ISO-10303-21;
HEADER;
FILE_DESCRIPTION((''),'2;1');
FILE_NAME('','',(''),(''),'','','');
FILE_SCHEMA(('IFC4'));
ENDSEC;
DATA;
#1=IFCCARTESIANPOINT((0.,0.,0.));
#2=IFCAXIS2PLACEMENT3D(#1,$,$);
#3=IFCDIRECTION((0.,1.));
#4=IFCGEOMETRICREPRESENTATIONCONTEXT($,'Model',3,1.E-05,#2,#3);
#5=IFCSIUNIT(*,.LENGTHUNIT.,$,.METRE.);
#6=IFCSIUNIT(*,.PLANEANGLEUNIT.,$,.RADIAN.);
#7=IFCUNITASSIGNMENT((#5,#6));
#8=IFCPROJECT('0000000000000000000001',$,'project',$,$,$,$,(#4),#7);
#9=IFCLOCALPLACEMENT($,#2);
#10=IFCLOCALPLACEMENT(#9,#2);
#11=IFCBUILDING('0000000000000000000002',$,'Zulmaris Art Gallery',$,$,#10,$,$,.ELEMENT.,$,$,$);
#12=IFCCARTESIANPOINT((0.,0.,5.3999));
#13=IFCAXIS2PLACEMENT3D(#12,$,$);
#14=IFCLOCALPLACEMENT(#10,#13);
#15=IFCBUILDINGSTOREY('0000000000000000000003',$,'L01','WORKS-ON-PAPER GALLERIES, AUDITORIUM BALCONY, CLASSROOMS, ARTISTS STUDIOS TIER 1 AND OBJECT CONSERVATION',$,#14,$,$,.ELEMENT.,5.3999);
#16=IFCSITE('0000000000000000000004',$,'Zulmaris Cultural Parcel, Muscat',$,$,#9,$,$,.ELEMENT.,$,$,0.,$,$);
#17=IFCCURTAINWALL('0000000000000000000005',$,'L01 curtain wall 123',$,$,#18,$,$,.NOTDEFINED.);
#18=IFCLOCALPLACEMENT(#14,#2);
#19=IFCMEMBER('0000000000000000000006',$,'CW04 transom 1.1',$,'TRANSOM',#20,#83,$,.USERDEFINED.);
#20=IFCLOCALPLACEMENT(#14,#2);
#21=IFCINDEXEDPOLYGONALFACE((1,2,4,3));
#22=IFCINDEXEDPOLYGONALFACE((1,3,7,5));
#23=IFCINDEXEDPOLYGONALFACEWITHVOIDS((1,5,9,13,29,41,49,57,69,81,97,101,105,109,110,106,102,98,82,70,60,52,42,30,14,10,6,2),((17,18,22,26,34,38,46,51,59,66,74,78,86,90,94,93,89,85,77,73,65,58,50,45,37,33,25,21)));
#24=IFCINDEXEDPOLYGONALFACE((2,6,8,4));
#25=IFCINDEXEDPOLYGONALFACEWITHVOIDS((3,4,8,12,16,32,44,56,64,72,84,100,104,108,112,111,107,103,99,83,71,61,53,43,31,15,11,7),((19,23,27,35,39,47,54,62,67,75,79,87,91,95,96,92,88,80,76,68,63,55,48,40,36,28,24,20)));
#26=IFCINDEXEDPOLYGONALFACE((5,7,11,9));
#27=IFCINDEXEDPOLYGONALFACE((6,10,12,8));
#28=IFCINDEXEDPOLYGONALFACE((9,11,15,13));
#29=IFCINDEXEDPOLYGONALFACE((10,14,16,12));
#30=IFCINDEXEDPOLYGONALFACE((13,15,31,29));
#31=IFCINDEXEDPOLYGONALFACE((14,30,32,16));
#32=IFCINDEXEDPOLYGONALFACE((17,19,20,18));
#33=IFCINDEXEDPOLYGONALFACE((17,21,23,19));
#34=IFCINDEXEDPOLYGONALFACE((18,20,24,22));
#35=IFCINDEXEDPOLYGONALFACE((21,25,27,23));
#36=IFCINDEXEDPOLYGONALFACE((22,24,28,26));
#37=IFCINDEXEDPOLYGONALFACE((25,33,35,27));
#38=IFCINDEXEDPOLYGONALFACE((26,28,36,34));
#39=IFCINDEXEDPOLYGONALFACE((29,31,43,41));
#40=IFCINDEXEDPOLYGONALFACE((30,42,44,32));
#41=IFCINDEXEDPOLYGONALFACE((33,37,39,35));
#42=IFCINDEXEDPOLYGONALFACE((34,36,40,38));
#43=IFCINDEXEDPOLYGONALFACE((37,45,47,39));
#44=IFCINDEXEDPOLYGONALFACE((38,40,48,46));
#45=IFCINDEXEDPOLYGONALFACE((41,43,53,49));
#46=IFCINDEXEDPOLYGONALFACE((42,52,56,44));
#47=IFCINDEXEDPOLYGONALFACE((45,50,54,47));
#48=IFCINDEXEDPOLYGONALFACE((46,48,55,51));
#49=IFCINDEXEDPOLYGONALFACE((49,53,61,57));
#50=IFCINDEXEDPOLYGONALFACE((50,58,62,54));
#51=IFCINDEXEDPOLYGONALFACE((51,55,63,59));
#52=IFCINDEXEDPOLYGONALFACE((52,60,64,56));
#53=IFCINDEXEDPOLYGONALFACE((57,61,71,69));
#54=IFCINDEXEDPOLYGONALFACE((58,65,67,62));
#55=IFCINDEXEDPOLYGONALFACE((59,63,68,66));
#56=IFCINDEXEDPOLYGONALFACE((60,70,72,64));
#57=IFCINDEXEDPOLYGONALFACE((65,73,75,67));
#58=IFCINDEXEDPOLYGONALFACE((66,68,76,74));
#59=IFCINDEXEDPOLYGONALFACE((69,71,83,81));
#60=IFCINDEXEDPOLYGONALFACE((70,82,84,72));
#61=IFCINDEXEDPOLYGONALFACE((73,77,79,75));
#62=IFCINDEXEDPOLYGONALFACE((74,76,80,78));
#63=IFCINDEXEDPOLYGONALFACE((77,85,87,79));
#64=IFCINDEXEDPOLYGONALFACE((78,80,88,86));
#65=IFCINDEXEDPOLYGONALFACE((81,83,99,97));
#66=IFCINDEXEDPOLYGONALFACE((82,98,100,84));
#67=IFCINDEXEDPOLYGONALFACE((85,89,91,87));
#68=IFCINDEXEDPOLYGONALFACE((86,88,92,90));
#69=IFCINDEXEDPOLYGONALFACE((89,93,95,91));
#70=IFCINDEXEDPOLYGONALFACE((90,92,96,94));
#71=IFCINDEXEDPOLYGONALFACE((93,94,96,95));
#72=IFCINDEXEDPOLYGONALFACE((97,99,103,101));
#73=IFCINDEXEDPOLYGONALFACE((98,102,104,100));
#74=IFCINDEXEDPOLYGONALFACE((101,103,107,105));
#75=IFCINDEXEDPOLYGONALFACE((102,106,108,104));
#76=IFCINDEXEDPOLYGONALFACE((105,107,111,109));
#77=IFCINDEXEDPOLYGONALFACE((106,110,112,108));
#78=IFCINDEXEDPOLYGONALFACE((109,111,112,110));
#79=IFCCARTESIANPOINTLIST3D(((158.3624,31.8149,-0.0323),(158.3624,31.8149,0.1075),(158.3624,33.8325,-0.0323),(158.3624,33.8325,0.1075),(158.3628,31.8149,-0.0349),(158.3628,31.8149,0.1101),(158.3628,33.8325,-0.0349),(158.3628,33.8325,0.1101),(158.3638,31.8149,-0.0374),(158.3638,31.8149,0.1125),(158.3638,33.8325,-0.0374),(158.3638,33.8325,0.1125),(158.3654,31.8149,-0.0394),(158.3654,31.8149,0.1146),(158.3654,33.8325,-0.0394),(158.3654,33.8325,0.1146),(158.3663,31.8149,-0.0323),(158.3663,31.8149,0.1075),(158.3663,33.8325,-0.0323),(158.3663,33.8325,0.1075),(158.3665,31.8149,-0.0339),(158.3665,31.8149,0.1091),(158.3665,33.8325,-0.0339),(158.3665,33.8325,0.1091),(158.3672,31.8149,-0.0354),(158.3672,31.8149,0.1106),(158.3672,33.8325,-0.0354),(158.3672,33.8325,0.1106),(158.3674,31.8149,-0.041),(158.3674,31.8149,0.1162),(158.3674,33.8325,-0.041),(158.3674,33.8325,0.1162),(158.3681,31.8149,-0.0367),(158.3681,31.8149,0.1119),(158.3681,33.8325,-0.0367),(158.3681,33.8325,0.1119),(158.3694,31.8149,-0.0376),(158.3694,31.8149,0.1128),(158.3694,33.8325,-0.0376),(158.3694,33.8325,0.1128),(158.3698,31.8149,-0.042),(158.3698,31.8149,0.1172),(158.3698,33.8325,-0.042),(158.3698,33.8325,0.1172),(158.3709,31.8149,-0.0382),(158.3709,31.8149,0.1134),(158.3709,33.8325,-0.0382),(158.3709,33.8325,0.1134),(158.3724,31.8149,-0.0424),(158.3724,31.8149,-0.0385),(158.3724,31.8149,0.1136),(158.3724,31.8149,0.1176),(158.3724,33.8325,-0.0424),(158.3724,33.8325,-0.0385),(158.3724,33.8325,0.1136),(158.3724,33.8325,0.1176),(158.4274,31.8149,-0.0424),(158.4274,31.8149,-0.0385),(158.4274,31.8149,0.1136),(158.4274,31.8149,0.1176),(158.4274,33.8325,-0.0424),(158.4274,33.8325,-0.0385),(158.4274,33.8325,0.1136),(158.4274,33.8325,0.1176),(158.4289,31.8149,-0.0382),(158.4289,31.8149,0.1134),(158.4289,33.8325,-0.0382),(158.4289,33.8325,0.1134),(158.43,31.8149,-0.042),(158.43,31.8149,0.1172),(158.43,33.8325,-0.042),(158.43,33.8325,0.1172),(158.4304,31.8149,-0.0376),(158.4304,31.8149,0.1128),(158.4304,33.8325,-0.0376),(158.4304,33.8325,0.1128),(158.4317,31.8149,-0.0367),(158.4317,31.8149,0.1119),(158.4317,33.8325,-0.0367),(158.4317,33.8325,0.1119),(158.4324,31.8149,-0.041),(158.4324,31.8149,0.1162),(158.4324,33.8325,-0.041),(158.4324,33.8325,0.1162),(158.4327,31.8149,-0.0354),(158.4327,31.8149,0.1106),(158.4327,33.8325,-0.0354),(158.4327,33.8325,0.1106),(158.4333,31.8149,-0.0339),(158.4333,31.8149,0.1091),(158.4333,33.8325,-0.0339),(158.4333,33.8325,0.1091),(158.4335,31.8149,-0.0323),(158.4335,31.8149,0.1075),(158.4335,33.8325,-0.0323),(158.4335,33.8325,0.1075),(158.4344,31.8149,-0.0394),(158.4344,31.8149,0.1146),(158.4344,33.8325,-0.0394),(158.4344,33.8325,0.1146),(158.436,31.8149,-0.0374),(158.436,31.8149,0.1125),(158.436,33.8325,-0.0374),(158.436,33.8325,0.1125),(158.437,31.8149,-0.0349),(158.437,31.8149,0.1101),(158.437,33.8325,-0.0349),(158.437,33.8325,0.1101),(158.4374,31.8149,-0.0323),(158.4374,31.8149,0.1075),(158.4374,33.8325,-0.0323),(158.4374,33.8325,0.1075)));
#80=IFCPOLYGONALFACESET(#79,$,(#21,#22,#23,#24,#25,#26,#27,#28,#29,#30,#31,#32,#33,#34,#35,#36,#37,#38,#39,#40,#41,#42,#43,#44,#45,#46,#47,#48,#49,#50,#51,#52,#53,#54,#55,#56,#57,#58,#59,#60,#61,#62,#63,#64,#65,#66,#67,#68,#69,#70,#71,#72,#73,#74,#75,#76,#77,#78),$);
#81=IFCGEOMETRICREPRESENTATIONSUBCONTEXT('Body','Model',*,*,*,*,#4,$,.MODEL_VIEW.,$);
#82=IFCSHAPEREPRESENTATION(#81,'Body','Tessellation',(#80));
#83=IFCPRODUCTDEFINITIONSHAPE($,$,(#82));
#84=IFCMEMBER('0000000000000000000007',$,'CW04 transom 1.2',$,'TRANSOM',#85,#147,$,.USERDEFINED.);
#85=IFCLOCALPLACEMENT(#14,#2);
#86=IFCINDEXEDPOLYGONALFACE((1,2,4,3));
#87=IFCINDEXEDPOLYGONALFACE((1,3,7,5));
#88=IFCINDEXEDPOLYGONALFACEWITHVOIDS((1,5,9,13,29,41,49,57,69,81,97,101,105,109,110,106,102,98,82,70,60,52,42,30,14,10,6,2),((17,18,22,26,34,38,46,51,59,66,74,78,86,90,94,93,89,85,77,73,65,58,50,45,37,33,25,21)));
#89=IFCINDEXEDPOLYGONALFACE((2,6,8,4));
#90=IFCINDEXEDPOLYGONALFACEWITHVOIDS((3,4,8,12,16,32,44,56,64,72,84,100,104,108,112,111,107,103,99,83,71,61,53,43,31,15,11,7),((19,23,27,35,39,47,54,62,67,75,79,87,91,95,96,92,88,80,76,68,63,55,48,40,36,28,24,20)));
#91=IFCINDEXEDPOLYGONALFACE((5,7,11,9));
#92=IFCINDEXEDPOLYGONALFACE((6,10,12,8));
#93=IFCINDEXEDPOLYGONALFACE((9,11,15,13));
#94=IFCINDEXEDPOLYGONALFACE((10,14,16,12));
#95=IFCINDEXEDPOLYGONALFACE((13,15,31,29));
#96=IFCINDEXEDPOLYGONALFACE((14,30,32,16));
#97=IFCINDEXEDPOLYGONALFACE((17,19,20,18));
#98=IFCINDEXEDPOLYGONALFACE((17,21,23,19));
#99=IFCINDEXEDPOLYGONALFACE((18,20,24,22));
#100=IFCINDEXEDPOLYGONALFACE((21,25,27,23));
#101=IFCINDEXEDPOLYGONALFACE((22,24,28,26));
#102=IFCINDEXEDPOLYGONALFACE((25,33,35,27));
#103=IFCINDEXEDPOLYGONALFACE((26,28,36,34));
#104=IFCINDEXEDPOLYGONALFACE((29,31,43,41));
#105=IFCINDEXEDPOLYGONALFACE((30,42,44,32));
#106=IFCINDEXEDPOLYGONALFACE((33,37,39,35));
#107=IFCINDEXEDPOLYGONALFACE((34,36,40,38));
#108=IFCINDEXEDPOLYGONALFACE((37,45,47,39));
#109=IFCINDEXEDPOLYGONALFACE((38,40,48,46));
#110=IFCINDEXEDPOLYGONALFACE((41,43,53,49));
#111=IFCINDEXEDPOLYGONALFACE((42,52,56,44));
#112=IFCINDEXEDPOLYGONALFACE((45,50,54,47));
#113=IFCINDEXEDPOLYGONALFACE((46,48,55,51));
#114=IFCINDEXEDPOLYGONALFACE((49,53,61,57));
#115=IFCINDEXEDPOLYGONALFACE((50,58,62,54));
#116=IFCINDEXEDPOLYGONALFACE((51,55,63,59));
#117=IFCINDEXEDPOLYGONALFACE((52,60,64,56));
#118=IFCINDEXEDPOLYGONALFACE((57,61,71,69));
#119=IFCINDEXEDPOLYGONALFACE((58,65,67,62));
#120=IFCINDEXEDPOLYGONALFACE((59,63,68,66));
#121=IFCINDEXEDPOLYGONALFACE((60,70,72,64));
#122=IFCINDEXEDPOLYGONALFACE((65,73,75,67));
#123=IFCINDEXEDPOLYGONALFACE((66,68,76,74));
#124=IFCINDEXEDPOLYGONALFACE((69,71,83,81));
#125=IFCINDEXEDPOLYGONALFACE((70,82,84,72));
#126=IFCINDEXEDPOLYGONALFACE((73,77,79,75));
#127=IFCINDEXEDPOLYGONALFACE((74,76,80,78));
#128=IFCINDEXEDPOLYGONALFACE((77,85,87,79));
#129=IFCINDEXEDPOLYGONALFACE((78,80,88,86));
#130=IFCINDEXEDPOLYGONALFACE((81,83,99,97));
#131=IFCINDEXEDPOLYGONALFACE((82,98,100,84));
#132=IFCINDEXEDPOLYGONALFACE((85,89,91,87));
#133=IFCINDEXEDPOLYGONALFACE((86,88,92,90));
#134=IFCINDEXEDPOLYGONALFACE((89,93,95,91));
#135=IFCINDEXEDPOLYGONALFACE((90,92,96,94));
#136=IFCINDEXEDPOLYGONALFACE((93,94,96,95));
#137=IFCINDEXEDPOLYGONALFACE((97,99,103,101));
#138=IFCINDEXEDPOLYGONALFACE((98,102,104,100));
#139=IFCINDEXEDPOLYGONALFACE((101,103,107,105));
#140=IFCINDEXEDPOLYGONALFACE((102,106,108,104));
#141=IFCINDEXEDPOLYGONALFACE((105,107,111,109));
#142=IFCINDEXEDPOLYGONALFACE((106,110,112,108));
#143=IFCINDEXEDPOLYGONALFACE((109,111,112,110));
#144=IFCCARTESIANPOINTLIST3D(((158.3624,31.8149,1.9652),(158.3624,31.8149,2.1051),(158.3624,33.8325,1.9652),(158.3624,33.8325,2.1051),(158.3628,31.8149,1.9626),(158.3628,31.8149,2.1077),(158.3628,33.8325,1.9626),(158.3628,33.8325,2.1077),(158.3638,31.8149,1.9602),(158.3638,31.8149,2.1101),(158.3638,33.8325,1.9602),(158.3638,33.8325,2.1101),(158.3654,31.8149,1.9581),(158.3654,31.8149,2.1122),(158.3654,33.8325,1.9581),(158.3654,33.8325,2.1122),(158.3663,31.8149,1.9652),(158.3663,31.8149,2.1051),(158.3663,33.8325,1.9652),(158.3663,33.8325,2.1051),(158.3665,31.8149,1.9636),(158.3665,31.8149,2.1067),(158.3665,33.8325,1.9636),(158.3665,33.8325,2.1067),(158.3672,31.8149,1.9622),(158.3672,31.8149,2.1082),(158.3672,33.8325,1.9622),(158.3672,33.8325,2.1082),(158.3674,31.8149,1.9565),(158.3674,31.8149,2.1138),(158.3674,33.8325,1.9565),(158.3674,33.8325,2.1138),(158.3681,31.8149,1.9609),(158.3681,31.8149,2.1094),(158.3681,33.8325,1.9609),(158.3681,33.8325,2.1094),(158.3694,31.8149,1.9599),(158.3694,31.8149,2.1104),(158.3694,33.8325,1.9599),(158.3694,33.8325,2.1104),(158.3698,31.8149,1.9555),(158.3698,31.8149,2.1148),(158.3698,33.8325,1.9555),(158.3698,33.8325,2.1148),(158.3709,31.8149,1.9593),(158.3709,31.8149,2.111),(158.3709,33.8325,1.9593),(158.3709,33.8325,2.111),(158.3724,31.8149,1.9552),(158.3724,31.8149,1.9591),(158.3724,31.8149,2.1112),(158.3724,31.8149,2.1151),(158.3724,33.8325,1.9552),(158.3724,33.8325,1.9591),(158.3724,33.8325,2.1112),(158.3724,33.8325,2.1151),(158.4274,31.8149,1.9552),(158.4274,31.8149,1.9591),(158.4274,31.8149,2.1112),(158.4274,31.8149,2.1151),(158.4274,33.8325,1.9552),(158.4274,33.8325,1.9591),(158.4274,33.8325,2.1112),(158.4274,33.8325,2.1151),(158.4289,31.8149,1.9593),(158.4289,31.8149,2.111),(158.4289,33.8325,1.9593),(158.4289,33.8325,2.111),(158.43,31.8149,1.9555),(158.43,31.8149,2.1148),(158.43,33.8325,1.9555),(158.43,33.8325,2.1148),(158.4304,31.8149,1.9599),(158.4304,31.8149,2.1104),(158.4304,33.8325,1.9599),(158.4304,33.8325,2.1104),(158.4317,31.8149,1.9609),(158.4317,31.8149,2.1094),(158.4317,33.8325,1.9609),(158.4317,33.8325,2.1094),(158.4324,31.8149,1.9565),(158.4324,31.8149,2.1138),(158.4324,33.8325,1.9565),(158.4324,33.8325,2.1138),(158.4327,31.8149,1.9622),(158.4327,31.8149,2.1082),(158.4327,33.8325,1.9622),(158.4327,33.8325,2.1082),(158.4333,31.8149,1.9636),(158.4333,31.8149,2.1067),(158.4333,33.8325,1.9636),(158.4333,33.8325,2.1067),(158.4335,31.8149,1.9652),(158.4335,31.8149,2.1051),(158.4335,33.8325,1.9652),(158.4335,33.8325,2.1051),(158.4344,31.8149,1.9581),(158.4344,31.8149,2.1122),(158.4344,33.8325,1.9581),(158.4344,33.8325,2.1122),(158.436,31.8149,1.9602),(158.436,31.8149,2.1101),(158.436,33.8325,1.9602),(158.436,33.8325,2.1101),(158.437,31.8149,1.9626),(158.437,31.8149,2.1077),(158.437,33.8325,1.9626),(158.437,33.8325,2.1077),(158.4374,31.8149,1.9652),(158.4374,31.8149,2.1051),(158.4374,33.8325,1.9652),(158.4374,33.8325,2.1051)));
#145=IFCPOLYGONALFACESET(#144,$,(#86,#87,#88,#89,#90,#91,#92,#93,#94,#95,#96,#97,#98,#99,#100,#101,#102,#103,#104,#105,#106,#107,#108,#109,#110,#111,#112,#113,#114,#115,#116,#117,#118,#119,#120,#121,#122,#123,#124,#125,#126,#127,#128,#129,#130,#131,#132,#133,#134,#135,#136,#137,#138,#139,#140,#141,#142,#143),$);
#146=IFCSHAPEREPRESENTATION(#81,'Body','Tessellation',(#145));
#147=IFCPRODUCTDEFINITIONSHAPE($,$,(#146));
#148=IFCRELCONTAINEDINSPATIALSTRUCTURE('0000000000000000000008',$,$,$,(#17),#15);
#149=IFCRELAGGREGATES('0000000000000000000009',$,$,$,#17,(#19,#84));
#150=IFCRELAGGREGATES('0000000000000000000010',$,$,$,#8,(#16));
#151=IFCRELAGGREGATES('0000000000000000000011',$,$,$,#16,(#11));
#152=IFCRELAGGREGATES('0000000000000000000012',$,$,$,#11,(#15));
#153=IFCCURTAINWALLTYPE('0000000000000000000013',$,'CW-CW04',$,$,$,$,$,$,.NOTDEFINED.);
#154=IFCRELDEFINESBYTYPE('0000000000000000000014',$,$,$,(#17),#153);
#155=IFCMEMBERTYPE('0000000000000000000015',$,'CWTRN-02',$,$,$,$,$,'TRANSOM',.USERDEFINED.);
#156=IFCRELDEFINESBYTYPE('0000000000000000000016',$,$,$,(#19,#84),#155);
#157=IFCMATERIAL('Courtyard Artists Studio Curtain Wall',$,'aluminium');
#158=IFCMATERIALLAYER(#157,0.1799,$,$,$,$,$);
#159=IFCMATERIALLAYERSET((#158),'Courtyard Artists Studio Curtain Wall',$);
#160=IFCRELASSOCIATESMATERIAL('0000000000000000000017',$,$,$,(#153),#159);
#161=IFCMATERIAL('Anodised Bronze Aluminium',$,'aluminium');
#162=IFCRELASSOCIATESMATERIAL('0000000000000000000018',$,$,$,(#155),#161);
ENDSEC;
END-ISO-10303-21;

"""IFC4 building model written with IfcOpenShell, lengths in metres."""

from ifc_helpers import new_model, si_unit, direction, frame, origin, origin_2d, place, context, subcontext, project, spatial, hollow_rectangle, extrude, material, layer, layer_set, material_profile, profile_set, type_object, element, aggregate, save


model = new_model("IFC4")

# Units and contexts
model_context = context("Model", 3, precision=1e-05, world=origin(), true_north=direction((0.0, 1.0)))
body_context = subcontext(model_context, "Body", "Model", "MODEL_VIEW")
ifc_project = project(units=[si_unit("LENGTHUNIT", "METRE"), si_unit("PLANEANGLEUNIT", "RADIAN")], contexts=[model_context])

# Site, building, storey
site_placement = place(None, origin())
site = spatial("IfcSite", under=ifc_project, at=site_placement, Name="Zulmaris Cultural Parcel, Muscat", CompositionType="ELEMENT", RefElevation=0.0)
building_placement = place(site_placement, origin())
building = spatial("IfcBuilding", under=site, at=building_placement, Name="Zulmaris Art Gallery", CompositionType="ELEMENT")
storey_placement = place(building_placement, frame((0.0, 0.0, 5.3999)))
storey = spatial("IfcBuildingStorey", under=building, at=storey_placement, Name="L01", Description="WORKS-ON-PAPER GALLERIES, AUDITORIUM BALCONY, CLASSROOMS, ARTISTS STUDIOS TIER 1 AND OBJECT CONSERVATION", CompositionType="ELEMENT", Elevation=5.3999)

# Curtain wall, members
ifc_material_1 = material(Name="Courtyard Artists Studio Curtain Wall", Category="aluminium")
ifc_layer_1 = layer(ifc_material_1, 0.1799)
ifc_layer_set_1 = layer_set([ifc_layer_1], Name="Courtyard Artists Studio Curtain Wall")
curtain_wall_type = type_object("IfcCurtainWallType", Name="CW-CW04", PredefinedType="NOTDEFINED", material=ifc_layer_set_1)
curtain_wall_placement = place(storey_placement, origin())
curtain_wall = element("IfcCurtainWall", 1, at=curtain_wall_placement, inside=storey, type_object=curtain_wall_type, Name="L01 curtain wall 123", PredefinedType="NOTDEFINED")
ifc_material_2 = material(Name="Anodised Bronze Aluminium", Category="aluminium")
ifc_material_profile_1 = material_profile(ifc_material_2, hollow_rectangle(XDim=0.075, YDim=0.1599, WallThickness=0.0039, InnerFilletRadius=0.0061, OuterFilletRadius=0.01, at=origin_2d()), Name="ALU 75x160x4")
ifc_profile_set_1 = profile_set([ifc_material_profile_1], Name="Anodised Bronze Aluminium")
member_type_1 = type_object("IfcMemberType", Name="CWTRN-02", ElementType="TRANSOM", PredefinedType="USERDEFINED", material=ifc_profile_set_1)
member_1_placement = place(storey_placement, frame((158.3999, 31.8149, 0.0376), z_axis=(0.0, 1.0, 0.0), x_axis=(-1.0, 0.0, 0.0)))
member_1 = element("IfcMember", 2, at=member_1_placement, type_object=member_type_1, Name="CW04 transom 1.1", ObjectType="TRANSOM", PredefinedType="USERDEFINED", context=body_context, shape_type="SweptSolid", body=[
    extrude(hollow_rectangle(XDim=0.075, YDim=0.1599, WallThickness=0.0039, InnerFilletRadius=0.0061, OuterFilletRadius=0.01, at=origin_2d()), origin(), (0.0, 0.0, 1.0), 2.0176),
])
member_2_placement = place(storey_placement, frame((158.3999, 31.8149, 2.0352), z_axis=(0.0, 1.0, 0.0), x_axis=(-1.0, 0.0, 0.0)))
member_2 = element("IfcMember", 3, at=member_2_placement, type_object=member_type_1, Name="CW04 transom 1.2", ObjectType="TRANSOM", PredefinedType="USERDEFINED", context=body_context, shape_type="SweptSolid", body=[
    extrude(hollow_rectangle(XDim=0.075, YDim=0.1599, WallThickness=0.0039, InnerFilletRadius=0.0061, OuterFilletRadius=0.01, at=origin_2d()), origin(), (0.0, 0.0, 1.0), 2.0176),
])
aggregate(curtain_wall, [member_1, member_2])

save(model, "model.ifc")
